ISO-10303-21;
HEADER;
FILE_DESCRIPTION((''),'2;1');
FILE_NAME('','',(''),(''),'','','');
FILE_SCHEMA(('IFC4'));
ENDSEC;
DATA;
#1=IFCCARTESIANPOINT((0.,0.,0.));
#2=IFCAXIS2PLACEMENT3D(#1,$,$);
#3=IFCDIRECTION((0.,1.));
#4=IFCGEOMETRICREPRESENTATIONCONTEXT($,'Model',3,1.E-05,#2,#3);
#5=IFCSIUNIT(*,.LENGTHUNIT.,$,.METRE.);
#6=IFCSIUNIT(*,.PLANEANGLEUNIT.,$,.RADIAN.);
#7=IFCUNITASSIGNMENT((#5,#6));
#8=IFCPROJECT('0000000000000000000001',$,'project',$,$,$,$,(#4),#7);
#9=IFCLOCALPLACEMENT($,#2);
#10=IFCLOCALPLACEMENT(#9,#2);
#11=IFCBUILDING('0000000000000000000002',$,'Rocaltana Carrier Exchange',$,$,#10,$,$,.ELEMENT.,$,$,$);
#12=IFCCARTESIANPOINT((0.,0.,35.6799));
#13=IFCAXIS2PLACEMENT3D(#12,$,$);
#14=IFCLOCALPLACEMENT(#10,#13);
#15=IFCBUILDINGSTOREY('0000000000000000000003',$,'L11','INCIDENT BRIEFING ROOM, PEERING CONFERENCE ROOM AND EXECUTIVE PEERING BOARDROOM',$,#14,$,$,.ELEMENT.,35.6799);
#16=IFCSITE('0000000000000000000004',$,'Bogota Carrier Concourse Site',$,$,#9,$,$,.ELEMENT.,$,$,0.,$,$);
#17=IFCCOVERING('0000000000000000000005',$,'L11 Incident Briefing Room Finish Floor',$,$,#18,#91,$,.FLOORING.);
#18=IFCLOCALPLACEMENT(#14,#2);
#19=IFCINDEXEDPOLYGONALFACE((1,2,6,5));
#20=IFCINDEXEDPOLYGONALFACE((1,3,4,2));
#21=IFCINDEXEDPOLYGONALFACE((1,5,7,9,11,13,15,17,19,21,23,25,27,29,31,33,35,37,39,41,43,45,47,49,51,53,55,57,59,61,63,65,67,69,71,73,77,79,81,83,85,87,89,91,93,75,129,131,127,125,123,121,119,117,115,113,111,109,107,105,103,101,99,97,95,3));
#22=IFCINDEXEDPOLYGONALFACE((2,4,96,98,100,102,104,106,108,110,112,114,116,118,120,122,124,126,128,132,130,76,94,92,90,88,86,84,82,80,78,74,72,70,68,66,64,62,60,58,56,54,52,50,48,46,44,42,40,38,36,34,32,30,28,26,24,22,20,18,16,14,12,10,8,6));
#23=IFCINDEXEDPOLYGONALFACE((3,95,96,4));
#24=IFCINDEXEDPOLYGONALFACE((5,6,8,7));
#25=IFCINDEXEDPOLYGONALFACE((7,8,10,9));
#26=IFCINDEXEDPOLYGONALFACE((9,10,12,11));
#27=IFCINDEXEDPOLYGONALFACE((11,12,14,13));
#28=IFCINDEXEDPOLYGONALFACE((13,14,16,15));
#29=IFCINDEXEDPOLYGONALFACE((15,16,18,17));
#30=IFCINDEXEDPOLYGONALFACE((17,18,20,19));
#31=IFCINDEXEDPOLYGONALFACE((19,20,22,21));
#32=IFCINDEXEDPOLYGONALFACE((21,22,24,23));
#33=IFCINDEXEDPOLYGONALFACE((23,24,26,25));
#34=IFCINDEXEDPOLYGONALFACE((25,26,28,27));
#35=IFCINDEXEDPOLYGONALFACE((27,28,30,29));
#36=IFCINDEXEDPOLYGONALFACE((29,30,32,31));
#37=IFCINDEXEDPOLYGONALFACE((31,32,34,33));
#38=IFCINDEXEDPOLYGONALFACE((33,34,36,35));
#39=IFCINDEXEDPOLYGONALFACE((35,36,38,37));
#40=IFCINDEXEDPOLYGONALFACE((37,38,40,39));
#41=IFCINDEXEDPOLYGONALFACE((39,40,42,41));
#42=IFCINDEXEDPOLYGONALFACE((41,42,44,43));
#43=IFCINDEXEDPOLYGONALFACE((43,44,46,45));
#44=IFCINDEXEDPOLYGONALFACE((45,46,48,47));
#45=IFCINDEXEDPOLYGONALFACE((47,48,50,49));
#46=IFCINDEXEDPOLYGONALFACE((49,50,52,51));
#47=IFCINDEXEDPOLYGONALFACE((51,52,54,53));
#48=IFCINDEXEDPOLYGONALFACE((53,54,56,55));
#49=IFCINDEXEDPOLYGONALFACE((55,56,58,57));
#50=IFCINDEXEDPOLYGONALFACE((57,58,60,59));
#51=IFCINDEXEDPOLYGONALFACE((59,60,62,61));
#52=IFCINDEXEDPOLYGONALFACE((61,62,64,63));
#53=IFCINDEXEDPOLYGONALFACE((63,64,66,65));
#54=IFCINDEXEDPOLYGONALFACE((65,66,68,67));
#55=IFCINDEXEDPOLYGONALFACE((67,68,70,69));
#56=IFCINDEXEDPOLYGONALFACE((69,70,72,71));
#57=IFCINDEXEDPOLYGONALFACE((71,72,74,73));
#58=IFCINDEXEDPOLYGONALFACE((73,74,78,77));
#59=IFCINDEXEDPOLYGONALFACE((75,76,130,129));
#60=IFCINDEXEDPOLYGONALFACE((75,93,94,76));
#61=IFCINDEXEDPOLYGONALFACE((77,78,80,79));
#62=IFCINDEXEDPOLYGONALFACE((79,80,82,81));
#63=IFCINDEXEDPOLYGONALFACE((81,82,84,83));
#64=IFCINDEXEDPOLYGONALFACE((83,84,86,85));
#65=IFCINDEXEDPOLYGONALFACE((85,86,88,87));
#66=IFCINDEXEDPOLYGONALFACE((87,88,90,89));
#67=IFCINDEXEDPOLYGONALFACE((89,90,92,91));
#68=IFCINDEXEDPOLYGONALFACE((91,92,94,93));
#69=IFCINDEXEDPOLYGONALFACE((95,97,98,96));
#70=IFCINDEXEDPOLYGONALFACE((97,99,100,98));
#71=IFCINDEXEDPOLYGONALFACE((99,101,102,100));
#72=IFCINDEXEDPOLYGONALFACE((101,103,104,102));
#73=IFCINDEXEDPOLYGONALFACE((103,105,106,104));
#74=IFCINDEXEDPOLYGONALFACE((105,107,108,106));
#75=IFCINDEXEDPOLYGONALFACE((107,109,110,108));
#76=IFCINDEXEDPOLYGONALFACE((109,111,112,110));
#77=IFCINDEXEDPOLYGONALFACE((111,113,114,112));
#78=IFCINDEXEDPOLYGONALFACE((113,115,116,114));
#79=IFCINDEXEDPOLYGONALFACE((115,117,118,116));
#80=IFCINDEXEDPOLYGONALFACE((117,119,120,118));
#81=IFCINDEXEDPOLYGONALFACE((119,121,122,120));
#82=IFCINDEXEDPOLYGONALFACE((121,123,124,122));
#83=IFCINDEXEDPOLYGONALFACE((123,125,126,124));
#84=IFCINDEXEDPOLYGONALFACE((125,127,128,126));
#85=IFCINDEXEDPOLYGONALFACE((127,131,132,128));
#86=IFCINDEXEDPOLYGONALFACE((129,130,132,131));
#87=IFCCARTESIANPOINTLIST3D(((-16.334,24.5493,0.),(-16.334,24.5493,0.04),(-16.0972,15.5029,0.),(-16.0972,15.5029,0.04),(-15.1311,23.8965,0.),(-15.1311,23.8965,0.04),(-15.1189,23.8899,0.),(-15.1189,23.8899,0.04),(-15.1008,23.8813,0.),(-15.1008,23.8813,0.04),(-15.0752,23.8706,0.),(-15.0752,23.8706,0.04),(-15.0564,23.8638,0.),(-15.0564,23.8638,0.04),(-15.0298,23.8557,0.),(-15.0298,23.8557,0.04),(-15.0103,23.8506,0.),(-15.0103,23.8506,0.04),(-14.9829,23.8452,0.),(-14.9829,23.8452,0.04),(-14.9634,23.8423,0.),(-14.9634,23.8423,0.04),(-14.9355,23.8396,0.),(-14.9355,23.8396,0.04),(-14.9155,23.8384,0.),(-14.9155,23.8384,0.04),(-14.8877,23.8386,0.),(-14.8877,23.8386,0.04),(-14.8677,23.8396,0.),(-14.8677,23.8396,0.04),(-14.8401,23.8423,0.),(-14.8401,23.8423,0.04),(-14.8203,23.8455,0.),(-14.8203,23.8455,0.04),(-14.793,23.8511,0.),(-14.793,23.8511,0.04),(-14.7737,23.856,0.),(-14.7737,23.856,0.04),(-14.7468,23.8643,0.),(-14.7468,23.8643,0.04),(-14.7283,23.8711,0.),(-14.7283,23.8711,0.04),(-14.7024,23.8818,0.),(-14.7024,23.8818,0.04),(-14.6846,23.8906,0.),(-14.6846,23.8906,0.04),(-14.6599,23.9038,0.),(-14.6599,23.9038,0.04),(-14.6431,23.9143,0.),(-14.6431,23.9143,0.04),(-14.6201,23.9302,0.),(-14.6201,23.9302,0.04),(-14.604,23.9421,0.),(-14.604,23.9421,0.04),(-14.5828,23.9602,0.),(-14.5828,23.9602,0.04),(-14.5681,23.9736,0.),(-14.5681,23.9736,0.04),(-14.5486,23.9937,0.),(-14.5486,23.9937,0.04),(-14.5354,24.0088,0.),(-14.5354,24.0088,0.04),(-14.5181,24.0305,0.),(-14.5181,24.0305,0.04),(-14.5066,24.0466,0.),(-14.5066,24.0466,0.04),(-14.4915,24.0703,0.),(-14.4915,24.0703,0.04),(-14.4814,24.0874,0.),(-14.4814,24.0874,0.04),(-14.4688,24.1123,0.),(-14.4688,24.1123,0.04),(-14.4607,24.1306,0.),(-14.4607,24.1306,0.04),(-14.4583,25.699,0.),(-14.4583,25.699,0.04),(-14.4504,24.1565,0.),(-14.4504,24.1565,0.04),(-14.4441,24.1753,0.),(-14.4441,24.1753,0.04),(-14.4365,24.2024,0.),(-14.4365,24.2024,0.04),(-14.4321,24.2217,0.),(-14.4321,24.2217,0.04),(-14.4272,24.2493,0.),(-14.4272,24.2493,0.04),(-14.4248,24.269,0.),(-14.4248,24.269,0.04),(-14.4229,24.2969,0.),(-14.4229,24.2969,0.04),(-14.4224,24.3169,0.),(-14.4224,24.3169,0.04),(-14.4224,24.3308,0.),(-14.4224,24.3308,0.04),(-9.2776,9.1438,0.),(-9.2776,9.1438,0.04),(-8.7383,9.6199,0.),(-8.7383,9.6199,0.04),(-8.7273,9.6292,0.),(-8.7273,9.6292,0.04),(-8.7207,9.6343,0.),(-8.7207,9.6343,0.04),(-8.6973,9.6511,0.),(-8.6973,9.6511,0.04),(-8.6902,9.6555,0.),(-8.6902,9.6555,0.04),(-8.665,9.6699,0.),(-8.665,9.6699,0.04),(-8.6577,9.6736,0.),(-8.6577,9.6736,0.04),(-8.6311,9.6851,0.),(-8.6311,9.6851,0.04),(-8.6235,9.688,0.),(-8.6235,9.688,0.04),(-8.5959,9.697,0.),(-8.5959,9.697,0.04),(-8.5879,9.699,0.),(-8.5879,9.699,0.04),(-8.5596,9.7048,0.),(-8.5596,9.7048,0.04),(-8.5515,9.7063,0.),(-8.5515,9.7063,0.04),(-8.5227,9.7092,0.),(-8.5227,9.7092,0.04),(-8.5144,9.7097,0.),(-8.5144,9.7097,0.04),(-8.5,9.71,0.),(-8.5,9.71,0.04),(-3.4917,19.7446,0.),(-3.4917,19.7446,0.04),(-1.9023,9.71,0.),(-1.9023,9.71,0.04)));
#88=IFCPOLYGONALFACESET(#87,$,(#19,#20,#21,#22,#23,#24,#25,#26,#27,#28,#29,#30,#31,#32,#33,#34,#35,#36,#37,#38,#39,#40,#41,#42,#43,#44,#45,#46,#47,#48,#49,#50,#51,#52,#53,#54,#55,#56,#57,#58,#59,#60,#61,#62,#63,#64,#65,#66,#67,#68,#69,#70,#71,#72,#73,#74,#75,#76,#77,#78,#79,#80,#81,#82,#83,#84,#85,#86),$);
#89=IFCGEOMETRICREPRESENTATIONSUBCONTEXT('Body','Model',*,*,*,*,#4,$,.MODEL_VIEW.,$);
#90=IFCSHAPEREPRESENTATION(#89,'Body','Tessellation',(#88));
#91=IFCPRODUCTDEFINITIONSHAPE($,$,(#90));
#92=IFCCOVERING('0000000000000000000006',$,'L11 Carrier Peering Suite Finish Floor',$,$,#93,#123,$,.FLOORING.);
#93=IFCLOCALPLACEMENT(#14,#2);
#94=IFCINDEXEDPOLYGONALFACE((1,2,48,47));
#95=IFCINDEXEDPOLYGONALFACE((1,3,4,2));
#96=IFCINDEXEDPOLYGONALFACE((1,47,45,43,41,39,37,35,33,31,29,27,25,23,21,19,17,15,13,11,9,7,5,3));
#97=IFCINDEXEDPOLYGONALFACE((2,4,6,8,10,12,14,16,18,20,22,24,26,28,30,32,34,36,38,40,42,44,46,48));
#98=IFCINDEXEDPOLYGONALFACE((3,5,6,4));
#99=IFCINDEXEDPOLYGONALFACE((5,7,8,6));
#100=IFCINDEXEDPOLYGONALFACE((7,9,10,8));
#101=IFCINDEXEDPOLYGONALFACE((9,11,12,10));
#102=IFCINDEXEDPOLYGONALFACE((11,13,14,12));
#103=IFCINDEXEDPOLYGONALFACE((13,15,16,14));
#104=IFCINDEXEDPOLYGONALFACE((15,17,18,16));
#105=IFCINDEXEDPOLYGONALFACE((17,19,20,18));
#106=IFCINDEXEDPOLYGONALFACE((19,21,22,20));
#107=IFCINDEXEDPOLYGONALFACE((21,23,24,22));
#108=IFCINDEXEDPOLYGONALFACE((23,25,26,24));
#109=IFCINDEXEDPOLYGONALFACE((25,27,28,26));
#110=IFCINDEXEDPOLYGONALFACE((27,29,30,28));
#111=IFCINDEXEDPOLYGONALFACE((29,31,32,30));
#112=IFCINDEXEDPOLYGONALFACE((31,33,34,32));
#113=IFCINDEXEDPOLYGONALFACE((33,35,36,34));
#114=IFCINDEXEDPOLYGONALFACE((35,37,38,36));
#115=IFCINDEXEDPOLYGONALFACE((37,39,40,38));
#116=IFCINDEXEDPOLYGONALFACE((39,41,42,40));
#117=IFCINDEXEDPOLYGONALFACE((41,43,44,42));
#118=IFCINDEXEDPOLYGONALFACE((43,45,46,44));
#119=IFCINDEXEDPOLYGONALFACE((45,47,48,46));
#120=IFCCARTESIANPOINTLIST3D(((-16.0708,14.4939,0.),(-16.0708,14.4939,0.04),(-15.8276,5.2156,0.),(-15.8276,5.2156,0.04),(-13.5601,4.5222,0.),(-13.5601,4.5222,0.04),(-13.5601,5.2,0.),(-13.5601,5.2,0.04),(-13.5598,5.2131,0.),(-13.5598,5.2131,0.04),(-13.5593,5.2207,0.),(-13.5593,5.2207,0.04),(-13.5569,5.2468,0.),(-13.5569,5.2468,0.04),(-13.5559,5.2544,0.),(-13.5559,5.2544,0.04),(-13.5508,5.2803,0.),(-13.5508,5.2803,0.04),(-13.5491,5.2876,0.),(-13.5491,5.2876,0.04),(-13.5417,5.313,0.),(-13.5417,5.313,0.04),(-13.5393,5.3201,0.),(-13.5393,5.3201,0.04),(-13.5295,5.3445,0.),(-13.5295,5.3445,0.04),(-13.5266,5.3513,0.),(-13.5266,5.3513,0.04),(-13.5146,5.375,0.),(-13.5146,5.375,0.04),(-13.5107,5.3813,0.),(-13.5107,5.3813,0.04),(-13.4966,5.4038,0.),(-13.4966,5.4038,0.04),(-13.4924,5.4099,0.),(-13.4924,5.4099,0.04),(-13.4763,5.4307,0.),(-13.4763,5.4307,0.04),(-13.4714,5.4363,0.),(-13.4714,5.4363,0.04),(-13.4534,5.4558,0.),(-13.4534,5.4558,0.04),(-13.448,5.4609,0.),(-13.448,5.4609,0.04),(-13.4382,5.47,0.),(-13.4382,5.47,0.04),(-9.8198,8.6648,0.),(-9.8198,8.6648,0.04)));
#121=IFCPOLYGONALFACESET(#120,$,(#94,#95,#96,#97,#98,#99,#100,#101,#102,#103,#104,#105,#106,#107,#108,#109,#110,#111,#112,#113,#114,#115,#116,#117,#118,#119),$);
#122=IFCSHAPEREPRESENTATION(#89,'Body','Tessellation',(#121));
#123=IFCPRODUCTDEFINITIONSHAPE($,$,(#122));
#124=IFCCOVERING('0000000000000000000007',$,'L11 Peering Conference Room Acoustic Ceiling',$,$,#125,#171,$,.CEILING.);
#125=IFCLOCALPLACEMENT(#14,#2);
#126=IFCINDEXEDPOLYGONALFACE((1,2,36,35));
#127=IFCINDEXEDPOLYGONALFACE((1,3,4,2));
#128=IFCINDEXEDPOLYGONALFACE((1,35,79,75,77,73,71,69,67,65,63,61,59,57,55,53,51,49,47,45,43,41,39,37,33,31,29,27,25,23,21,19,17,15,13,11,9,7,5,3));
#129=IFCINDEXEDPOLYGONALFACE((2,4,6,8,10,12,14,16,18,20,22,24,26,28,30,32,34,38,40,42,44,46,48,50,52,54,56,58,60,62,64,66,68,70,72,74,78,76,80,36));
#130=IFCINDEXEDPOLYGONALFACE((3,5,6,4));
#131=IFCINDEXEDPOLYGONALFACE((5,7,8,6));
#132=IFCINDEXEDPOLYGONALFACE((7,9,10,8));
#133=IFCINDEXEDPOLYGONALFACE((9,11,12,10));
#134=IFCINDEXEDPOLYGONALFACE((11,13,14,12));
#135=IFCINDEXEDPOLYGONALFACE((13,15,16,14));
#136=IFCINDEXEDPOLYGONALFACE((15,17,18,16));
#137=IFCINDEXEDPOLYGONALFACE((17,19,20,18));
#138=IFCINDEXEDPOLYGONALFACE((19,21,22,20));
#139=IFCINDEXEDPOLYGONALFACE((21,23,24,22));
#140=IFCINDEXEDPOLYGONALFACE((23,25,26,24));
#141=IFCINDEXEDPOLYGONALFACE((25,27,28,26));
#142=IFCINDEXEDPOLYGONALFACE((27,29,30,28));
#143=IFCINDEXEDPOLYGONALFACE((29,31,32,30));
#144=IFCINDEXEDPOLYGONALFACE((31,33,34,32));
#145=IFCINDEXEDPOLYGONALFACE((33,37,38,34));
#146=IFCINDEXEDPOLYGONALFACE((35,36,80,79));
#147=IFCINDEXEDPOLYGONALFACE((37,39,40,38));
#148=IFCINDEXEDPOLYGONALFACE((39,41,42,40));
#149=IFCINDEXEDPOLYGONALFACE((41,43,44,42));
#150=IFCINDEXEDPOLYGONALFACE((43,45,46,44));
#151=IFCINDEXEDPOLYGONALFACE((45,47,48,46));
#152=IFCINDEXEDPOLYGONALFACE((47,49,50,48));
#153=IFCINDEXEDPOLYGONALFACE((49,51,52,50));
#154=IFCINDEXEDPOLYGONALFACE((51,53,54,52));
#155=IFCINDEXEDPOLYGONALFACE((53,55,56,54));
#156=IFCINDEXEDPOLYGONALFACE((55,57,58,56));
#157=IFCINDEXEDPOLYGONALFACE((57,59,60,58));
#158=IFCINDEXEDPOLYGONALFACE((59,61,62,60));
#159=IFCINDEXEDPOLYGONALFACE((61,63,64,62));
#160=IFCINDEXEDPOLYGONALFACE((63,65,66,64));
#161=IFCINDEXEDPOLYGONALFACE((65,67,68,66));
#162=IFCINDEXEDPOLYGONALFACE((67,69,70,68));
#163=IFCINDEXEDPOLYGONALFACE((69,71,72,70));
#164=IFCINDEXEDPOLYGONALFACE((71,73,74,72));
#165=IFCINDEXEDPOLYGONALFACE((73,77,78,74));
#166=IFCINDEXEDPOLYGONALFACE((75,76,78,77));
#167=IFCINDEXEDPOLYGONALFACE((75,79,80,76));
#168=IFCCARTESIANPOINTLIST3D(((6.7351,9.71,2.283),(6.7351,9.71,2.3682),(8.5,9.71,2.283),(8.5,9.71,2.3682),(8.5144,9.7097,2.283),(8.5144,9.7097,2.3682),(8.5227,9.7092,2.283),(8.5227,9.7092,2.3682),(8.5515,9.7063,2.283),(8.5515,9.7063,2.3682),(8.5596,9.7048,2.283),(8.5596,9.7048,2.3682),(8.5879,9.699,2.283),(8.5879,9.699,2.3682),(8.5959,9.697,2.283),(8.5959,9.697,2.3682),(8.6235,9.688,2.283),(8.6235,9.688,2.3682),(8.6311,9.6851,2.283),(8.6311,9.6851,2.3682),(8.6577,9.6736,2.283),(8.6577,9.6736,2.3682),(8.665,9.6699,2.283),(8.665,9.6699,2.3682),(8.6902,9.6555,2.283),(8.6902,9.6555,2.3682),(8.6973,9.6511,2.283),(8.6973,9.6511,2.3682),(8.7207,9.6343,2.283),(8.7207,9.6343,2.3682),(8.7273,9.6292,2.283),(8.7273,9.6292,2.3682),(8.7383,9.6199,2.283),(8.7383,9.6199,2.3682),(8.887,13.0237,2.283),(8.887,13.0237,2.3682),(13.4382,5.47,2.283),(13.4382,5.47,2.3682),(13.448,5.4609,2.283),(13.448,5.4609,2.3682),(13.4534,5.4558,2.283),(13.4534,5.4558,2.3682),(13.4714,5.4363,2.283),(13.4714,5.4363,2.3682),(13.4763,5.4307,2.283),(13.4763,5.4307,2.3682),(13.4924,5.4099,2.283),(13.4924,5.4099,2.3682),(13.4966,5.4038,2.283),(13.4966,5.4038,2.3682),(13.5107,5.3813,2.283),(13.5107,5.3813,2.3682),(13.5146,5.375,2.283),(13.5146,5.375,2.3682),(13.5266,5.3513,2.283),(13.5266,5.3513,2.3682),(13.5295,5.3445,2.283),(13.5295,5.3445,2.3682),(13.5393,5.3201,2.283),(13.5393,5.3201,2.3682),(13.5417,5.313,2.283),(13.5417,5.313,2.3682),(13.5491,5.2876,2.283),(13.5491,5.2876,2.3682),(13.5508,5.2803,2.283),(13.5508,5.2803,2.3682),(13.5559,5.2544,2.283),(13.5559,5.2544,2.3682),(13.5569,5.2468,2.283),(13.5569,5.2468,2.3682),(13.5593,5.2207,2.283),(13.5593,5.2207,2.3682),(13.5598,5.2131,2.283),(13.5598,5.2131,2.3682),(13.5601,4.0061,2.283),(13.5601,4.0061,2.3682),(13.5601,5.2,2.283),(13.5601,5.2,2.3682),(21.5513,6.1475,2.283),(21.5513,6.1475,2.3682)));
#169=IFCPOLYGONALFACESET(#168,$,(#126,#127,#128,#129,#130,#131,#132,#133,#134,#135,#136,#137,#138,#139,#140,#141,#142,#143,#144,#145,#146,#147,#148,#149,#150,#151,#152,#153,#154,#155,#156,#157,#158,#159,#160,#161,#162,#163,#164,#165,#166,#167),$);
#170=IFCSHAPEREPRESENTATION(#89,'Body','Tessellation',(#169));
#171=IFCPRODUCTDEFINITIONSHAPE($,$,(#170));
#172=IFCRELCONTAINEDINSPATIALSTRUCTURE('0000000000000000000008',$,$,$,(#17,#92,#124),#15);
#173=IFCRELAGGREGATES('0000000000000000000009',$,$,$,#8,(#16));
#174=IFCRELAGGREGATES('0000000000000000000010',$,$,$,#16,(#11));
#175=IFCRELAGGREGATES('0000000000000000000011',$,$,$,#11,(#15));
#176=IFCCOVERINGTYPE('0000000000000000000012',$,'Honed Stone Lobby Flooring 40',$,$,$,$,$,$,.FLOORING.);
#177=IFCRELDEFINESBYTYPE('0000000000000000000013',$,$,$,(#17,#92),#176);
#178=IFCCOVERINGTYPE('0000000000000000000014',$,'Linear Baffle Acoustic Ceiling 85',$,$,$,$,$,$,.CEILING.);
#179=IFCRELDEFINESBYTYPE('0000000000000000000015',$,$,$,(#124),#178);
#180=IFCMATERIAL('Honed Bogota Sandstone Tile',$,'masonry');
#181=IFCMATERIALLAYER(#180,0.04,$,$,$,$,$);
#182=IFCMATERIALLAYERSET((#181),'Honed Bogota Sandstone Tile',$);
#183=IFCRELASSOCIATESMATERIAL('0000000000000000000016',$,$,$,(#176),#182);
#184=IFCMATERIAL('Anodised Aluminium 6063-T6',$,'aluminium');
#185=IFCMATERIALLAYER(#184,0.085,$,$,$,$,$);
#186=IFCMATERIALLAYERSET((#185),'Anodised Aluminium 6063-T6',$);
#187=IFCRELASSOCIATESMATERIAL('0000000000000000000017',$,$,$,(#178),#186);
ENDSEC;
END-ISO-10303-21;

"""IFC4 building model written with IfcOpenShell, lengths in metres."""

from ifc_helpers import new_model, si_unit, direction, frame, origin, place, context, subcontext, project, spatial, polyline, outline, extrude, material, layer, layer_set, type_object, element, save


model = new_model("IFC4")

# Units and contexts
model_context = context("Model", 3, precision=1e-05, world=origin(), true_north=direction((0.0, 1.0)))
body_context = subcontext(model_context, "Body", "Model", "MODEL_VIEW")
ifc_project = project(units=[si_unit("LENGTHUNIT", "METRE"), si_unit("PLANEANGLEUNIT", "RADIAN")], contexts=[model_context])

# Site, building, storey
site_placement = place(None, origin())
site = spatial("IfcSite", under=ifc_project, at=site_placement, Name="Bogota Carrier Concourse Site", CompositionType="ELEMENT", RefElevation=0.0)
building_placement = place(site_placement, origin())
building = spatial("IfcBuilding", under=site, at=building_placement, Name="Rocaltana Carrier Exchange", CompositionType="ELEMENT")
storey_placement = place(building_placement, frame((0.0, 0.0, 35.6799)))
storey = spatial("IfcBuildingStorey", under=building, at=storey_placement, Name="L11", Description="INCIDENT BRIEFING ROOM, PEERING CONFERENCE ROOM AND EXECUTIVE PEERING BOARDROOM", CompositionType="ELEMENT", Elevation=35.6799)

# Coverings
ifc_material_1 = material(Name="Honed Bogota Sandstone Tile", Category="masonry")
ifc_layer_1 = layer(ifc_material_1, 0.04)
ifc_layer_set_1 = layer_set([ifc_layer_1], Name="Honed Bogota Sandstone Tile")
covering_type_1 = type_object("IfcCoveringType", Name="Honed Stone Lobby Flooring 40", PredefinedType="FLOORING", material=ifc_layer_set_1)
covering_1_placement = place(storey_placement, origin())
element("IfcCovering", 1, at=covering_1_placement, inside=storey, type_object=covering_type_1, Name="L11 Incident Briefing Room Finish Floor", PredefinedType="FLOORING", context=body_context, shape_type="SweptSolid", body=[
    extrude(outline(polyline([(-16.334, 24.5493), (-15.1311, 23.8965), (-15.1189, 23.8899), (-15.1008, 23.8813), (-15.0752, 23.8706), (-15.0564, 23.8638), (-15.0298, 23.8557), (-15.0103, 23.8506), (-14.9829, 23.8452), (-14.9634, 23.8423), (-14.9355, 23.8396), (-14.9155, 23.8384), (-14.8877, 23.8386), (-14.8677, 23.8396), (-14.8401, 23.8423), (-14.8203, 23.8455), (-14.793, 23.8511), (-14.7737, 23.856), (-14.7468, 23.8643), (-14.7283, 23.8711), (-14.7024, 23.8818), (-14.6846, 23.8906), (-14.6599, 23.9038), (-14.6431, 23.9143), (-14.6201, 23.9302), (-14.604, 23.9421), (-14.5828, 23.9602), (-14.5681, 23.9736), (-14.5486, 23.9937), (-14.5354, 24.0088), (-14.5181, 24.0305), (-14.5066, 24.0466), (-14.4915, 24.0703), (-14.4814, 24.0874), (-14.4688, 24.1123), (-14.4607, 24.1306), (-14.4504, 24.1565), (-14.4441, 24.1753), (-14.4365, 24.2024), (-14.4321, 24.2217), (-14.4272, 24.2493), (-14.4248, 24.269), (-14.4229, 24.2969), (-14.4224, 24.3169), (-14.4224, 24.3308), (-14.4583, 25.699), (-3.4917, 19.7446), (-1.9023, 9.71), (-8.5, 9.71), (-8.5144, 9.7097), (-8.5227, 9.7092), (-8.5515, 9.7063), (-8.5596, 9.7048), (-8.5879, 9.699), (-8.5959, 9.697), (-8.6235, 9.688), (-8.6311, 9.6851), (-8.6577, 9.6736), (-8.665, 9.6699), (-8.6902, 9.6555), (-8.6973, 9.6511), (-8.7207, 9.6343), (-8.7273, 9.6292), (-8.7383, 9.6199), (-9.2776, 9.1438), (-16.0972, 15.5029), (-16.334, 24.5493)])), origin(), (0.0, 0.0, 1.0), 0.04),
])
covering_2_placement = place(storey_placement, origin())
element("IfcCovering", 2, at=covering_2_placement, inside=storey, type_object=covering_type_1, Name="L11 Carrier Peering Suite Finish Floor", PredefinedType="FLOORING", context=body_context, shape_type="SweptSolid", body=[
    extrude(outline(polyline([(-16.0708, 14.4939), (-9.8198, 8.6648), (-13.4382, 5.47), (-13.448, 5.4609), (-13.4534, 5.4558), (-13.4714, 5.4363), (-13.4763, 5.4307), (-13.4924, 5.4099), (-13.4966, 5.4038), (-13.5107, 5.3813), (-13.5146, 5.375), (-13.5266, 5.3513), (-13.5295, 5.3445), (-13.5393, 5.3201), (-13.5417, 5.313), (-13.5491, 5.2876), (-13.5508, 5.2803), (-13.5559, 5.2544), (-13.5569, 5.2468), (-13.5593, 5.2207), (-13.5598, 5.2131), (-13.5601, 5.2), (-13.5601, 4.5222), (-15.8276, 5.2156), (-16.0708, 14.4939)])), origin(), (0.0, 0.0, 1.0), 0.04),
])
ifc_material_2 = material(Name="Anodised Aluminium 6063-T6", Category="aluminium")
ifc_layer_2 = layer(ifc_material_2, 0.085)
ifc_layer_set_2 = layer_set([ifc_layer_2], Name="Anodised Aluminium 6063-T6")
covering_type_2 = type_object("IfcCoveringType", Name="Linear Baffle Acoustic Ceiling 85", PredefinedType="CEILING", material=ifc_layer_set_2)
covering_3_placement = place(storey_placement, frame((0.0, 0.0, 2.283)))
element("IfcCovering", 3, at=covering_3_placement, inside=storey, type_object=covering_type_2, Name="L11 Peering Conference Room Acoustic Ceiling", PredefinedType="CEILING", context=body_context, shape_type="SweptSolid", body=[
    extrude(outline(polyline([(21.5513, 6.1475), (13.5601, 4.0061), (13.5601, 5.2), (13.5598, 5.2131), (13.5593, 5.2207), (13.5569, 5.2468), (13.5559, 5.2544), (13.5508, 5.2803), (13.5491, 5.2876), (13.5417, 5.313), (13.5393, 5.3201), (13.5295, 5.3445), (13.5266, 5.3513), (13.5146, 5.375), (13.5107, 5.3813), (13.4966, 5.4038), (13.4924, 5.4099), (13.4763, 5.4307), (13.4714, 5.4363), (13.4534, 5.4558), (13.448, 5.4609), (13.4382, 5.47), (8.7383, 9.6199), (8.7273, 9.6292), (8.7207, 9.6343), (8.6973, 9.6511), (8.6902, 9.6555), (8.665, 9.6699), (8.6577, 9.6736), (8.6311, 9.6851), (8.6235, 9.688), (8.5959, 9.697), (8.5879, 9.699), (8.5596, 9.7048), (8.5515, 9.7063), (8.5227, 9.7092), (8.5144, 9.7097), (8.5, 9.71), (6.7351, 9.71), (8.887, 13.0237), (21.5513, 6.1475)])), origin(), (0.0, 0.0, 1.0), 0.0852),
])

save(model, "model.ifc")
